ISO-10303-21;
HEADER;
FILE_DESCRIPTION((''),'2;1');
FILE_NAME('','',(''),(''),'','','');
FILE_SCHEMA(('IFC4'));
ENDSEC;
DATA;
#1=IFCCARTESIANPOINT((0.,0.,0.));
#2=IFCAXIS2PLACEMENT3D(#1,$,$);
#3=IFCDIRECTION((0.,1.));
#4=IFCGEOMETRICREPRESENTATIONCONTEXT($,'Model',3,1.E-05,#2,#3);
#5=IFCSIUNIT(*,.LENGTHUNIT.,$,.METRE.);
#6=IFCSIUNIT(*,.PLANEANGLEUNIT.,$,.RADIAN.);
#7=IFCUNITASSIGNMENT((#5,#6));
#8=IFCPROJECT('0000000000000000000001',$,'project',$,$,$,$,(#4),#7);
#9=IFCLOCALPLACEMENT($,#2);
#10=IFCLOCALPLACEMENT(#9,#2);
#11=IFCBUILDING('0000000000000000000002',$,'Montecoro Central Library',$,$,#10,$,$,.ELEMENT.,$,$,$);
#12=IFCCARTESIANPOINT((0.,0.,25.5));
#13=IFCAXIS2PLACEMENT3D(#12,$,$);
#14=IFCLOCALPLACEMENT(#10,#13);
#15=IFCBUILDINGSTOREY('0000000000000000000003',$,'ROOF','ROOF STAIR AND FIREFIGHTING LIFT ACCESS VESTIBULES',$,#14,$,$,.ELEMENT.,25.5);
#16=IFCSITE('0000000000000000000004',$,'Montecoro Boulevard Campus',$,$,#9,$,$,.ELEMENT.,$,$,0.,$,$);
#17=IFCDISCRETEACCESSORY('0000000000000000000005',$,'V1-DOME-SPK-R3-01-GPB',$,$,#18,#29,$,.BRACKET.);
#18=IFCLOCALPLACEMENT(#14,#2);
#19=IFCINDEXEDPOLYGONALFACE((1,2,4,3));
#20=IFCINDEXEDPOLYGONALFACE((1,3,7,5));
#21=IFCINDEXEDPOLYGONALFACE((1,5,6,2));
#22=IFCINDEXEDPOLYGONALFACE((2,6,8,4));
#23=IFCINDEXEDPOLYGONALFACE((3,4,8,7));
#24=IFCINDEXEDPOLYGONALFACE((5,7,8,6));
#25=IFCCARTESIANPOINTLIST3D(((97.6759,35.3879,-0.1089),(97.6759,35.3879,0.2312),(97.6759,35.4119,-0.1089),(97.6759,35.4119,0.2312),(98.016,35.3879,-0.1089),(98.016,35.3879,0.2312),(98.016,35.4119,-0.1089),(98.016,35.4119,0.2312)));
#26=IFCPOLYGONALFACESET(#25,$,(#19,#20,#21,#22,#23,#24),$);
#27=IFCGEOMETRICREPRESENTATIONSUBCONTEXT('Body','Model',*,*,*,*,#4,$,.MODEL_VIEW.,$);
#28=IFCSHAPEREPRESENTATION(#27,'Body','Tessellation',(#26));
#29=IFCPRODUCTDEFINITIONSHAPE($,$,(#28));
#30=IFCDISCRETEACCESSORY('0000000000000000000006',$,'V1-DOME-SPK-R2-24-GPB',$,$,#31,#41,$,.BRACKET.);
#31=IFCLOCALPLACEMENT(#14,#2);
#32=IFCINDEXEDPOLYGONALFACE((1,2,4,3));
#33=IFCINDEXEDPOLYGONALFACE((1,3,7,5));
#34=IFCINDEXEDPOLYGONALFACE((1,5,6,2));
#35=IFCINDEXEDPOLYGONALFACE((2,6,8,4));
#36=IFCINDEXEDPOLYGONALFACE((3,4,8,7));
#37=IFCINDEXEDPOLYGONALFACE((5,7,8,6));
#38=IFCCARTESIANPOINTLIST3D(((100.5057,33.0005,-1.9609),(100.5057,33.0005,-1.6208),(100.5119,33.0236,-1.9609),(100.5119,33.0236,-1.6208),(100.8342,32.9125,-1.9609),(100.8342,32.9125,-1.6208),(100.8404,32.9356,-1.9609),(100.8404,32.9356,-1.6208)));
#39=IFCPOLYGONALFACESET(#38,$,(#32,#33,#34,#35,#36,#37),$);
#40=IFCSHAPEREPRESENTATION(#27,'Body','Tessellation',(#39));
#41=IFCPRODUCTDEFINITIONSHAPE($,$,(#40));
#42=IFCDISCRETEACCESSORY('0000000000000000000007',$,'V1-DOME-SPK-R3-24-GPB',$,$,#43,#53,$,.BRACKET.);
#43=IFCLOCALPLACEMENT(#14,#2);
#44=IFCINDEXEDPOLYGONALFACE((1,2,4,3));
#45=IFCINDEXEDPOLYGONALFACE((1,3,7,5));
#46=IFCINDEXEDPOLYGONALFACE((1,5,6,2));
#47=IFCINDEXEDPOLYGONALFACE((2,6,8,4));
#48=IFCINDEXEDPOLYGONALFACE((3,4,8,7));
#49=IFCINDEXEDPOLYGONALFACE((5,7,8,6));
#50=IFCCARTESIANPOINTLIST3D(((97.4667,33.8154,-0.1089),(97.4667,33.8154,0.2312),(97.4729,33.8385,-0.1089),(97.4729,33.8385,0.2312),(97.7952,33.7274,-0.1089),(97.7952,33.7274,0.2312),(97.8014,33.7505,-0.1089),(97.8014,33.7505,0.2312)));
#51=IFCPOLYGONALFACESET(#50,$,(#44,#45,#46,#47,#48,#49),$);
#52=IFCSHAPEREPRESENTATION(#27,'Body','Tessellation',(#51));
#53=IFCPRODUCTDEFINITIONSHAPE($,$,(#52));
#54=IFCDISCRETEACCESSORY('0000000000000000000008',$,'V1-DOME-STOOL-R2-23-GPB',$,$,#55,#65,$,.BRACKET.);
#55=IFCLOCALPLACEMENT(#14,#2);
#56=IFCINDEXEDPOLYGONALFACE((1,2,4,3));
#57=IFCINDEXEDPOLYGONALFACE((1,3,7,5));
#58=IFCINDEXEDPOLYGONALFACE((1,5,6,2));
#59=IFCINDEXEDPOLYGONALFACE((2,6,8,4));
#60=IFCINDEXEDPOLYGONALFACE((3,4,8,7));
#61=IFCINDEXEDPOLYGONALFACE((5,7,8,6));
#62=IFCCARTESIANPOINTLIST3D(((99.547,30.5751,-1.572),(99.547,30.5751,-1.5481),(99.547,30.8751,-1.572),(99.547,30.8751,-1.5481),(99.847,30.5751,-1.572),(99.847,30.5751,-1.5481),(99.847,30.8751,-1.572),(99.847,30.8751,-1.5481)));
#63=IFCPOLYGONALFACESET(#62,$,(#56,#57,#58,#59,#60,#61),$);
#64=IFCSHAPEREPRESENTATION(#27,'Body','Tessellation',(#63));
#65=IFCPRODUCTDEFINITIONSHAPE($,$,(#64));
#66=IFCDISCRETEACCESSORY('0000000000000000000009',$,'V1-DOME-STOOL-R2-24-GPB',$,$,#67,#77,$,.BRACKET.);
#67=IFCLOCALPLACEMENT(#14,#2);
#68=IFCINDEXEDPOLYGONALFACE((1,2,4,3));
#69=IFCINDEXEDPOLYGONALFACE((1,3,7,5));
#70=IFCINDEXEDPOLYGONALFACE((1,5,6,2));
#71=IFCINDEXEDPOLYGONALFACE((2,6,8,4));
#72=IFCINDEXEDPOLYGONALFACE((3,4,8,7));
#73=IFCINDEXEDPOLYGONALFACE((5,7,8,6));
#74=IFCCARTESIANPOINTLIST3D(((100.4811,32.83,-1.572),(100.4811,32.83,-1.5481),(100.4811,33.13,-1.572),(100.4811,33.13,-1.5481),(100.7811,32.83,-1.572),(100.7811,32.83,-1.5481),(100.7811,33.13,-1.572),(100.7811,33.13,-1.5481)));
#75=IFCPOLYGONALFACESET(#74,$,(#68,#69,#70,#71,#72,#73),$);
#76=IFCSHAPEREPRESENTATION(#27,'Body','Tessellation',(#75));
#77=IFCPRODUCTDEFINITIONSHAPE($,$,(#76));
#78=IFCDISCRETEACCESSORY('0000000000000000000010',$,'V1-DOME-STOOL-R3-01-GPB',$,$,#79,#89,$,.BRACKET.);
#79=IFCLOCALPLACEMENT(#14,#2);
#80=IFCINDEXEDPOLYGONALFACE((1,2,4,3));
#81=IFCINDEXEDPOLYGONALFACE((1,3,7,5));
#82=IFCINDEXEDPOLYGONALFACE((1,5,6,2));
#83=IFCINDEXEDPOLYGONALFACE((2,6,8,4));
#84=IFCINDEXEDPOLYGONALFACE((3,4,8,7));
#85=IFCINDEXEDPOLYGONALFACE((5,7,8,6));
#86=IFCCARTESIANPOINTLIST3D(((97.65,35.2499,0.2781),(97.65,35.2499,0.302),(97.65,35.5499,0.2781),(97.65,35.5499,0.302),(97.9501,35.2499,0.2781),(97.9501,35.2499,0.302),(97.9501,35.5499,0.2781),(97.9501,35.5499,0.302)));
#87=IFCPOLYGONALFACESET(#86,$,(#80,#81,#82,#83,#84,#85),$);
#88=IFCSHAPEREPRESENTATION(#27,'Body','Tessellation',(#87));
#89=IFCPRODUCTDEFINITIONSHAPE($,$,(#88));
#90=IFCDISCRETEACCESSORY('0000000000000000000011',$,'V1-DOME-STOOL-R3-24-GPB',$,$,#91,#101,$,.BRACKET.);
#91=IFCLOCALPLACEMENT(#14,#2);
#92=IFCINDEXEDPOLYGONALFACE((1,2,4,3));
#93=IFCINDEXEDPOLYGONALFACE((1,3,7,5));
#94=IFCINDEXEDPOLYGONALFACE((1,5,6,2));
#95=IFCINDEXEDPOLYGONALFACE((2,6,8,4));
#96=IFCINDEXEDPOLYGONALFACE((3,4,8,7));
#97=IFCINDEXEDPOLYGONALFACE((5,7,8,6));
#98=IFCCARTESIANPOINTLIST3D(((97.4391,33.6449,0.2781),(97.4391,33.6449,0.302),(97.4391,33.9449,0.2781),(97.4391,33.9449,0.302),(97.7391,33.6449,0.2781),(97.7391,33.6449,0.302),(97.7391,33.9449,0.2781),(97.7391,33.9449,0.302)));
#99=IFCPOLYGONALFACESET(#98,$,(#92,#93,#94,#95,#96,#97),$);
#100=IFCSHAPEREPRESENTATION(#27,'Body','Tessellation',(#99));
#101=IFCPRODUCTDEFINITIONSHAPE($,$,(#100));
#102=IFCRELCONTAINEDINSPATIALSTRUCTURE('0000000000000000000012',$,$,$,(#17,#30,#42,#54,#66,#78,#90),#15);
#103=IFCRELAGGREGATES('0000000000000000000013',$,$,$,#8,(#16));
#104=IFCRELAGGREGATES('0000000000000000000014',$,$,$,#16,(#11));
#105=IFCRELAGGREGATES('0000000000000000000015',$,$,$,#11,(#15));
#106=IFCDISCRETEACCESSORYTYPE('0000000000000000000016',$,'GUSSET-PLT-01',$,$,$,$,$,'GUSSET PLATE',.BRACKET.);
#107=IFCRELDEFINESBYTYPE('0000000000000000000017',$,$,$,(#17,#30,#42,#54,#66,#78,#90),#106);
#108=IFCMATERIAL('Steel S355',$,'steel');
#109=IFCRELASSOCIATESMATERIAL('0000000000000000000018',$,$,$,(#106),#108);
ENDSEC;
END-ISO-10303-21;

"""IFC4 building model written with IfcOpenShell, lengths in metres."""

from ifc_helpers import new_model, si_unit, direction, frame, origin, origin_2d, place, context, subcontext, project, spatial, rectangle, extrude, material, type_object, element, save


model = new_model("IFC4")

# Units and contexts
model_context = context("Model", 3, precision=1e-05, world=origin(), true_north=direction((0.0, 1.0)))
body_context = subcontext(model_context, "Body", "Model", "MODEL_VIEW")
ifc_project = project(units=[si_unit("LENGTHUNIT", "METRE"), si_unit("PLANEANGLEUNIT", "RADIAN")], contexts=[model_context])

# Site, building, storey
site_placement = place(None, origin())
site = spatial("IfcSite", under=ifc_project, at=site_placement, Name="Montecoro Boulevard Campus", CompositionType="ELEMENT", RefElevation=0.0)
building_placement = place(site_placement, origin())
building = spatial("IfcBuilding", under=site, at=building_placement, Name="Montecoro Central Library", CompositionType="ELEMENT")
storey_placement = place(building_placement, frame((0.0, 0.0, 25.5)))
storey = spatial("IfcBuildingStorey", under=building, at=storey_placement, Name="ROOF", Description="ROOF STAIR AND FIREFIGHTING LIFT ACCESS VESTIBULES", CompositionType="ELEMENT", Elevation=25.5)

# Shared definitions
ifc_material_1 = material(Name="Steel S355", Category="steel")

# Discrete accessories
discrete_accessory_type = type_object("IfcDiscreteAccessoryType", Name="GUSSET-PLT-01", ElementType="GUSSET PLATE", PredefinedType="BRACKET", material=ifc_material_1)
for number, where, z_axis, x_axis, name in (
    (1, (97.8459, 35.3999, -0.1089), (0.0, 0.0, 1.0), (-1.0, 0.0, 0.0), "V1-DOME-SPK-R3-01-GPB"),
    (2, (100.6731, 32.968, -1.9609), (0.0, 0.0, 1.0), (-0.965926, 0.258819, 0.0), "V1-DOME-SPK-R2-24-GPB"),
    (3, (97.634, 33.783, -0.1089), (0.0, 0.0, 1.0), (-0.965926, 0.258819, 0.0), "V1-DOME-SPK-R3-24-GPB"),
):
    element("IfcDiscreteAccessory", number, at=place(storey_placement, frame(where, z_axis=z_axis, x_axis=x_axis)), inside=storey, type_object=discrete_accessory_type, Name=name, PredefinedType="BRACKET", context=body_context, shape_type="SweptSolid", body=[
        extrude(rectangle(XDim=0.3401, YDim=0.0239, at=origin_2d()), origin(), (0.0, 0.0, 1.0), 0.3401),
    ])
for number, where, z_axis, x_axis, name in (
    (4, (99.697, 30.7251, -1.572), (0.0, 0.0, 1.0), (1.0, 0.0, 0.0), "V1-DOME-STOOL-R2-23-GPB"),
    (5, (100.6311, 32.98, -1.572), (0.0, 0.0, 1.0), (1.0, 0.0, 0.0), "V1-DOME-STOOL-R2-24-GPB"),
    (6, (97.8, 35.3999, 0.2781), (0.0, 0.0, 1.0), (1.0, 0.0, 0.0), "V1-DOME-STOOL-R3-01-GPB"),
    (7, (97.5891, 33.7949, 0.2781), (0.0, 0.0, 1.0), (1.0, 0.0, 0.0), "V1-DOME-STOOL-R3-24-GPB"),
):
    element("IfcDiscreteAccessory", number, at=place(storey_placement, frame(where, z_axis=z_axis, x_axis=x_axis)), inside=storey, type_object=discrete_accessory_type, Name=name, PredefinedType="BRACKET", context=body_context, shape_type="SweptSolid", body=[
        extrude(rectangle(XDim=0.3, YDim=0.3, at=origin_2d()), origin(), (0.0, 0.0, 1.0), 0.0239),
    ])

save(model, "model.ifc")
